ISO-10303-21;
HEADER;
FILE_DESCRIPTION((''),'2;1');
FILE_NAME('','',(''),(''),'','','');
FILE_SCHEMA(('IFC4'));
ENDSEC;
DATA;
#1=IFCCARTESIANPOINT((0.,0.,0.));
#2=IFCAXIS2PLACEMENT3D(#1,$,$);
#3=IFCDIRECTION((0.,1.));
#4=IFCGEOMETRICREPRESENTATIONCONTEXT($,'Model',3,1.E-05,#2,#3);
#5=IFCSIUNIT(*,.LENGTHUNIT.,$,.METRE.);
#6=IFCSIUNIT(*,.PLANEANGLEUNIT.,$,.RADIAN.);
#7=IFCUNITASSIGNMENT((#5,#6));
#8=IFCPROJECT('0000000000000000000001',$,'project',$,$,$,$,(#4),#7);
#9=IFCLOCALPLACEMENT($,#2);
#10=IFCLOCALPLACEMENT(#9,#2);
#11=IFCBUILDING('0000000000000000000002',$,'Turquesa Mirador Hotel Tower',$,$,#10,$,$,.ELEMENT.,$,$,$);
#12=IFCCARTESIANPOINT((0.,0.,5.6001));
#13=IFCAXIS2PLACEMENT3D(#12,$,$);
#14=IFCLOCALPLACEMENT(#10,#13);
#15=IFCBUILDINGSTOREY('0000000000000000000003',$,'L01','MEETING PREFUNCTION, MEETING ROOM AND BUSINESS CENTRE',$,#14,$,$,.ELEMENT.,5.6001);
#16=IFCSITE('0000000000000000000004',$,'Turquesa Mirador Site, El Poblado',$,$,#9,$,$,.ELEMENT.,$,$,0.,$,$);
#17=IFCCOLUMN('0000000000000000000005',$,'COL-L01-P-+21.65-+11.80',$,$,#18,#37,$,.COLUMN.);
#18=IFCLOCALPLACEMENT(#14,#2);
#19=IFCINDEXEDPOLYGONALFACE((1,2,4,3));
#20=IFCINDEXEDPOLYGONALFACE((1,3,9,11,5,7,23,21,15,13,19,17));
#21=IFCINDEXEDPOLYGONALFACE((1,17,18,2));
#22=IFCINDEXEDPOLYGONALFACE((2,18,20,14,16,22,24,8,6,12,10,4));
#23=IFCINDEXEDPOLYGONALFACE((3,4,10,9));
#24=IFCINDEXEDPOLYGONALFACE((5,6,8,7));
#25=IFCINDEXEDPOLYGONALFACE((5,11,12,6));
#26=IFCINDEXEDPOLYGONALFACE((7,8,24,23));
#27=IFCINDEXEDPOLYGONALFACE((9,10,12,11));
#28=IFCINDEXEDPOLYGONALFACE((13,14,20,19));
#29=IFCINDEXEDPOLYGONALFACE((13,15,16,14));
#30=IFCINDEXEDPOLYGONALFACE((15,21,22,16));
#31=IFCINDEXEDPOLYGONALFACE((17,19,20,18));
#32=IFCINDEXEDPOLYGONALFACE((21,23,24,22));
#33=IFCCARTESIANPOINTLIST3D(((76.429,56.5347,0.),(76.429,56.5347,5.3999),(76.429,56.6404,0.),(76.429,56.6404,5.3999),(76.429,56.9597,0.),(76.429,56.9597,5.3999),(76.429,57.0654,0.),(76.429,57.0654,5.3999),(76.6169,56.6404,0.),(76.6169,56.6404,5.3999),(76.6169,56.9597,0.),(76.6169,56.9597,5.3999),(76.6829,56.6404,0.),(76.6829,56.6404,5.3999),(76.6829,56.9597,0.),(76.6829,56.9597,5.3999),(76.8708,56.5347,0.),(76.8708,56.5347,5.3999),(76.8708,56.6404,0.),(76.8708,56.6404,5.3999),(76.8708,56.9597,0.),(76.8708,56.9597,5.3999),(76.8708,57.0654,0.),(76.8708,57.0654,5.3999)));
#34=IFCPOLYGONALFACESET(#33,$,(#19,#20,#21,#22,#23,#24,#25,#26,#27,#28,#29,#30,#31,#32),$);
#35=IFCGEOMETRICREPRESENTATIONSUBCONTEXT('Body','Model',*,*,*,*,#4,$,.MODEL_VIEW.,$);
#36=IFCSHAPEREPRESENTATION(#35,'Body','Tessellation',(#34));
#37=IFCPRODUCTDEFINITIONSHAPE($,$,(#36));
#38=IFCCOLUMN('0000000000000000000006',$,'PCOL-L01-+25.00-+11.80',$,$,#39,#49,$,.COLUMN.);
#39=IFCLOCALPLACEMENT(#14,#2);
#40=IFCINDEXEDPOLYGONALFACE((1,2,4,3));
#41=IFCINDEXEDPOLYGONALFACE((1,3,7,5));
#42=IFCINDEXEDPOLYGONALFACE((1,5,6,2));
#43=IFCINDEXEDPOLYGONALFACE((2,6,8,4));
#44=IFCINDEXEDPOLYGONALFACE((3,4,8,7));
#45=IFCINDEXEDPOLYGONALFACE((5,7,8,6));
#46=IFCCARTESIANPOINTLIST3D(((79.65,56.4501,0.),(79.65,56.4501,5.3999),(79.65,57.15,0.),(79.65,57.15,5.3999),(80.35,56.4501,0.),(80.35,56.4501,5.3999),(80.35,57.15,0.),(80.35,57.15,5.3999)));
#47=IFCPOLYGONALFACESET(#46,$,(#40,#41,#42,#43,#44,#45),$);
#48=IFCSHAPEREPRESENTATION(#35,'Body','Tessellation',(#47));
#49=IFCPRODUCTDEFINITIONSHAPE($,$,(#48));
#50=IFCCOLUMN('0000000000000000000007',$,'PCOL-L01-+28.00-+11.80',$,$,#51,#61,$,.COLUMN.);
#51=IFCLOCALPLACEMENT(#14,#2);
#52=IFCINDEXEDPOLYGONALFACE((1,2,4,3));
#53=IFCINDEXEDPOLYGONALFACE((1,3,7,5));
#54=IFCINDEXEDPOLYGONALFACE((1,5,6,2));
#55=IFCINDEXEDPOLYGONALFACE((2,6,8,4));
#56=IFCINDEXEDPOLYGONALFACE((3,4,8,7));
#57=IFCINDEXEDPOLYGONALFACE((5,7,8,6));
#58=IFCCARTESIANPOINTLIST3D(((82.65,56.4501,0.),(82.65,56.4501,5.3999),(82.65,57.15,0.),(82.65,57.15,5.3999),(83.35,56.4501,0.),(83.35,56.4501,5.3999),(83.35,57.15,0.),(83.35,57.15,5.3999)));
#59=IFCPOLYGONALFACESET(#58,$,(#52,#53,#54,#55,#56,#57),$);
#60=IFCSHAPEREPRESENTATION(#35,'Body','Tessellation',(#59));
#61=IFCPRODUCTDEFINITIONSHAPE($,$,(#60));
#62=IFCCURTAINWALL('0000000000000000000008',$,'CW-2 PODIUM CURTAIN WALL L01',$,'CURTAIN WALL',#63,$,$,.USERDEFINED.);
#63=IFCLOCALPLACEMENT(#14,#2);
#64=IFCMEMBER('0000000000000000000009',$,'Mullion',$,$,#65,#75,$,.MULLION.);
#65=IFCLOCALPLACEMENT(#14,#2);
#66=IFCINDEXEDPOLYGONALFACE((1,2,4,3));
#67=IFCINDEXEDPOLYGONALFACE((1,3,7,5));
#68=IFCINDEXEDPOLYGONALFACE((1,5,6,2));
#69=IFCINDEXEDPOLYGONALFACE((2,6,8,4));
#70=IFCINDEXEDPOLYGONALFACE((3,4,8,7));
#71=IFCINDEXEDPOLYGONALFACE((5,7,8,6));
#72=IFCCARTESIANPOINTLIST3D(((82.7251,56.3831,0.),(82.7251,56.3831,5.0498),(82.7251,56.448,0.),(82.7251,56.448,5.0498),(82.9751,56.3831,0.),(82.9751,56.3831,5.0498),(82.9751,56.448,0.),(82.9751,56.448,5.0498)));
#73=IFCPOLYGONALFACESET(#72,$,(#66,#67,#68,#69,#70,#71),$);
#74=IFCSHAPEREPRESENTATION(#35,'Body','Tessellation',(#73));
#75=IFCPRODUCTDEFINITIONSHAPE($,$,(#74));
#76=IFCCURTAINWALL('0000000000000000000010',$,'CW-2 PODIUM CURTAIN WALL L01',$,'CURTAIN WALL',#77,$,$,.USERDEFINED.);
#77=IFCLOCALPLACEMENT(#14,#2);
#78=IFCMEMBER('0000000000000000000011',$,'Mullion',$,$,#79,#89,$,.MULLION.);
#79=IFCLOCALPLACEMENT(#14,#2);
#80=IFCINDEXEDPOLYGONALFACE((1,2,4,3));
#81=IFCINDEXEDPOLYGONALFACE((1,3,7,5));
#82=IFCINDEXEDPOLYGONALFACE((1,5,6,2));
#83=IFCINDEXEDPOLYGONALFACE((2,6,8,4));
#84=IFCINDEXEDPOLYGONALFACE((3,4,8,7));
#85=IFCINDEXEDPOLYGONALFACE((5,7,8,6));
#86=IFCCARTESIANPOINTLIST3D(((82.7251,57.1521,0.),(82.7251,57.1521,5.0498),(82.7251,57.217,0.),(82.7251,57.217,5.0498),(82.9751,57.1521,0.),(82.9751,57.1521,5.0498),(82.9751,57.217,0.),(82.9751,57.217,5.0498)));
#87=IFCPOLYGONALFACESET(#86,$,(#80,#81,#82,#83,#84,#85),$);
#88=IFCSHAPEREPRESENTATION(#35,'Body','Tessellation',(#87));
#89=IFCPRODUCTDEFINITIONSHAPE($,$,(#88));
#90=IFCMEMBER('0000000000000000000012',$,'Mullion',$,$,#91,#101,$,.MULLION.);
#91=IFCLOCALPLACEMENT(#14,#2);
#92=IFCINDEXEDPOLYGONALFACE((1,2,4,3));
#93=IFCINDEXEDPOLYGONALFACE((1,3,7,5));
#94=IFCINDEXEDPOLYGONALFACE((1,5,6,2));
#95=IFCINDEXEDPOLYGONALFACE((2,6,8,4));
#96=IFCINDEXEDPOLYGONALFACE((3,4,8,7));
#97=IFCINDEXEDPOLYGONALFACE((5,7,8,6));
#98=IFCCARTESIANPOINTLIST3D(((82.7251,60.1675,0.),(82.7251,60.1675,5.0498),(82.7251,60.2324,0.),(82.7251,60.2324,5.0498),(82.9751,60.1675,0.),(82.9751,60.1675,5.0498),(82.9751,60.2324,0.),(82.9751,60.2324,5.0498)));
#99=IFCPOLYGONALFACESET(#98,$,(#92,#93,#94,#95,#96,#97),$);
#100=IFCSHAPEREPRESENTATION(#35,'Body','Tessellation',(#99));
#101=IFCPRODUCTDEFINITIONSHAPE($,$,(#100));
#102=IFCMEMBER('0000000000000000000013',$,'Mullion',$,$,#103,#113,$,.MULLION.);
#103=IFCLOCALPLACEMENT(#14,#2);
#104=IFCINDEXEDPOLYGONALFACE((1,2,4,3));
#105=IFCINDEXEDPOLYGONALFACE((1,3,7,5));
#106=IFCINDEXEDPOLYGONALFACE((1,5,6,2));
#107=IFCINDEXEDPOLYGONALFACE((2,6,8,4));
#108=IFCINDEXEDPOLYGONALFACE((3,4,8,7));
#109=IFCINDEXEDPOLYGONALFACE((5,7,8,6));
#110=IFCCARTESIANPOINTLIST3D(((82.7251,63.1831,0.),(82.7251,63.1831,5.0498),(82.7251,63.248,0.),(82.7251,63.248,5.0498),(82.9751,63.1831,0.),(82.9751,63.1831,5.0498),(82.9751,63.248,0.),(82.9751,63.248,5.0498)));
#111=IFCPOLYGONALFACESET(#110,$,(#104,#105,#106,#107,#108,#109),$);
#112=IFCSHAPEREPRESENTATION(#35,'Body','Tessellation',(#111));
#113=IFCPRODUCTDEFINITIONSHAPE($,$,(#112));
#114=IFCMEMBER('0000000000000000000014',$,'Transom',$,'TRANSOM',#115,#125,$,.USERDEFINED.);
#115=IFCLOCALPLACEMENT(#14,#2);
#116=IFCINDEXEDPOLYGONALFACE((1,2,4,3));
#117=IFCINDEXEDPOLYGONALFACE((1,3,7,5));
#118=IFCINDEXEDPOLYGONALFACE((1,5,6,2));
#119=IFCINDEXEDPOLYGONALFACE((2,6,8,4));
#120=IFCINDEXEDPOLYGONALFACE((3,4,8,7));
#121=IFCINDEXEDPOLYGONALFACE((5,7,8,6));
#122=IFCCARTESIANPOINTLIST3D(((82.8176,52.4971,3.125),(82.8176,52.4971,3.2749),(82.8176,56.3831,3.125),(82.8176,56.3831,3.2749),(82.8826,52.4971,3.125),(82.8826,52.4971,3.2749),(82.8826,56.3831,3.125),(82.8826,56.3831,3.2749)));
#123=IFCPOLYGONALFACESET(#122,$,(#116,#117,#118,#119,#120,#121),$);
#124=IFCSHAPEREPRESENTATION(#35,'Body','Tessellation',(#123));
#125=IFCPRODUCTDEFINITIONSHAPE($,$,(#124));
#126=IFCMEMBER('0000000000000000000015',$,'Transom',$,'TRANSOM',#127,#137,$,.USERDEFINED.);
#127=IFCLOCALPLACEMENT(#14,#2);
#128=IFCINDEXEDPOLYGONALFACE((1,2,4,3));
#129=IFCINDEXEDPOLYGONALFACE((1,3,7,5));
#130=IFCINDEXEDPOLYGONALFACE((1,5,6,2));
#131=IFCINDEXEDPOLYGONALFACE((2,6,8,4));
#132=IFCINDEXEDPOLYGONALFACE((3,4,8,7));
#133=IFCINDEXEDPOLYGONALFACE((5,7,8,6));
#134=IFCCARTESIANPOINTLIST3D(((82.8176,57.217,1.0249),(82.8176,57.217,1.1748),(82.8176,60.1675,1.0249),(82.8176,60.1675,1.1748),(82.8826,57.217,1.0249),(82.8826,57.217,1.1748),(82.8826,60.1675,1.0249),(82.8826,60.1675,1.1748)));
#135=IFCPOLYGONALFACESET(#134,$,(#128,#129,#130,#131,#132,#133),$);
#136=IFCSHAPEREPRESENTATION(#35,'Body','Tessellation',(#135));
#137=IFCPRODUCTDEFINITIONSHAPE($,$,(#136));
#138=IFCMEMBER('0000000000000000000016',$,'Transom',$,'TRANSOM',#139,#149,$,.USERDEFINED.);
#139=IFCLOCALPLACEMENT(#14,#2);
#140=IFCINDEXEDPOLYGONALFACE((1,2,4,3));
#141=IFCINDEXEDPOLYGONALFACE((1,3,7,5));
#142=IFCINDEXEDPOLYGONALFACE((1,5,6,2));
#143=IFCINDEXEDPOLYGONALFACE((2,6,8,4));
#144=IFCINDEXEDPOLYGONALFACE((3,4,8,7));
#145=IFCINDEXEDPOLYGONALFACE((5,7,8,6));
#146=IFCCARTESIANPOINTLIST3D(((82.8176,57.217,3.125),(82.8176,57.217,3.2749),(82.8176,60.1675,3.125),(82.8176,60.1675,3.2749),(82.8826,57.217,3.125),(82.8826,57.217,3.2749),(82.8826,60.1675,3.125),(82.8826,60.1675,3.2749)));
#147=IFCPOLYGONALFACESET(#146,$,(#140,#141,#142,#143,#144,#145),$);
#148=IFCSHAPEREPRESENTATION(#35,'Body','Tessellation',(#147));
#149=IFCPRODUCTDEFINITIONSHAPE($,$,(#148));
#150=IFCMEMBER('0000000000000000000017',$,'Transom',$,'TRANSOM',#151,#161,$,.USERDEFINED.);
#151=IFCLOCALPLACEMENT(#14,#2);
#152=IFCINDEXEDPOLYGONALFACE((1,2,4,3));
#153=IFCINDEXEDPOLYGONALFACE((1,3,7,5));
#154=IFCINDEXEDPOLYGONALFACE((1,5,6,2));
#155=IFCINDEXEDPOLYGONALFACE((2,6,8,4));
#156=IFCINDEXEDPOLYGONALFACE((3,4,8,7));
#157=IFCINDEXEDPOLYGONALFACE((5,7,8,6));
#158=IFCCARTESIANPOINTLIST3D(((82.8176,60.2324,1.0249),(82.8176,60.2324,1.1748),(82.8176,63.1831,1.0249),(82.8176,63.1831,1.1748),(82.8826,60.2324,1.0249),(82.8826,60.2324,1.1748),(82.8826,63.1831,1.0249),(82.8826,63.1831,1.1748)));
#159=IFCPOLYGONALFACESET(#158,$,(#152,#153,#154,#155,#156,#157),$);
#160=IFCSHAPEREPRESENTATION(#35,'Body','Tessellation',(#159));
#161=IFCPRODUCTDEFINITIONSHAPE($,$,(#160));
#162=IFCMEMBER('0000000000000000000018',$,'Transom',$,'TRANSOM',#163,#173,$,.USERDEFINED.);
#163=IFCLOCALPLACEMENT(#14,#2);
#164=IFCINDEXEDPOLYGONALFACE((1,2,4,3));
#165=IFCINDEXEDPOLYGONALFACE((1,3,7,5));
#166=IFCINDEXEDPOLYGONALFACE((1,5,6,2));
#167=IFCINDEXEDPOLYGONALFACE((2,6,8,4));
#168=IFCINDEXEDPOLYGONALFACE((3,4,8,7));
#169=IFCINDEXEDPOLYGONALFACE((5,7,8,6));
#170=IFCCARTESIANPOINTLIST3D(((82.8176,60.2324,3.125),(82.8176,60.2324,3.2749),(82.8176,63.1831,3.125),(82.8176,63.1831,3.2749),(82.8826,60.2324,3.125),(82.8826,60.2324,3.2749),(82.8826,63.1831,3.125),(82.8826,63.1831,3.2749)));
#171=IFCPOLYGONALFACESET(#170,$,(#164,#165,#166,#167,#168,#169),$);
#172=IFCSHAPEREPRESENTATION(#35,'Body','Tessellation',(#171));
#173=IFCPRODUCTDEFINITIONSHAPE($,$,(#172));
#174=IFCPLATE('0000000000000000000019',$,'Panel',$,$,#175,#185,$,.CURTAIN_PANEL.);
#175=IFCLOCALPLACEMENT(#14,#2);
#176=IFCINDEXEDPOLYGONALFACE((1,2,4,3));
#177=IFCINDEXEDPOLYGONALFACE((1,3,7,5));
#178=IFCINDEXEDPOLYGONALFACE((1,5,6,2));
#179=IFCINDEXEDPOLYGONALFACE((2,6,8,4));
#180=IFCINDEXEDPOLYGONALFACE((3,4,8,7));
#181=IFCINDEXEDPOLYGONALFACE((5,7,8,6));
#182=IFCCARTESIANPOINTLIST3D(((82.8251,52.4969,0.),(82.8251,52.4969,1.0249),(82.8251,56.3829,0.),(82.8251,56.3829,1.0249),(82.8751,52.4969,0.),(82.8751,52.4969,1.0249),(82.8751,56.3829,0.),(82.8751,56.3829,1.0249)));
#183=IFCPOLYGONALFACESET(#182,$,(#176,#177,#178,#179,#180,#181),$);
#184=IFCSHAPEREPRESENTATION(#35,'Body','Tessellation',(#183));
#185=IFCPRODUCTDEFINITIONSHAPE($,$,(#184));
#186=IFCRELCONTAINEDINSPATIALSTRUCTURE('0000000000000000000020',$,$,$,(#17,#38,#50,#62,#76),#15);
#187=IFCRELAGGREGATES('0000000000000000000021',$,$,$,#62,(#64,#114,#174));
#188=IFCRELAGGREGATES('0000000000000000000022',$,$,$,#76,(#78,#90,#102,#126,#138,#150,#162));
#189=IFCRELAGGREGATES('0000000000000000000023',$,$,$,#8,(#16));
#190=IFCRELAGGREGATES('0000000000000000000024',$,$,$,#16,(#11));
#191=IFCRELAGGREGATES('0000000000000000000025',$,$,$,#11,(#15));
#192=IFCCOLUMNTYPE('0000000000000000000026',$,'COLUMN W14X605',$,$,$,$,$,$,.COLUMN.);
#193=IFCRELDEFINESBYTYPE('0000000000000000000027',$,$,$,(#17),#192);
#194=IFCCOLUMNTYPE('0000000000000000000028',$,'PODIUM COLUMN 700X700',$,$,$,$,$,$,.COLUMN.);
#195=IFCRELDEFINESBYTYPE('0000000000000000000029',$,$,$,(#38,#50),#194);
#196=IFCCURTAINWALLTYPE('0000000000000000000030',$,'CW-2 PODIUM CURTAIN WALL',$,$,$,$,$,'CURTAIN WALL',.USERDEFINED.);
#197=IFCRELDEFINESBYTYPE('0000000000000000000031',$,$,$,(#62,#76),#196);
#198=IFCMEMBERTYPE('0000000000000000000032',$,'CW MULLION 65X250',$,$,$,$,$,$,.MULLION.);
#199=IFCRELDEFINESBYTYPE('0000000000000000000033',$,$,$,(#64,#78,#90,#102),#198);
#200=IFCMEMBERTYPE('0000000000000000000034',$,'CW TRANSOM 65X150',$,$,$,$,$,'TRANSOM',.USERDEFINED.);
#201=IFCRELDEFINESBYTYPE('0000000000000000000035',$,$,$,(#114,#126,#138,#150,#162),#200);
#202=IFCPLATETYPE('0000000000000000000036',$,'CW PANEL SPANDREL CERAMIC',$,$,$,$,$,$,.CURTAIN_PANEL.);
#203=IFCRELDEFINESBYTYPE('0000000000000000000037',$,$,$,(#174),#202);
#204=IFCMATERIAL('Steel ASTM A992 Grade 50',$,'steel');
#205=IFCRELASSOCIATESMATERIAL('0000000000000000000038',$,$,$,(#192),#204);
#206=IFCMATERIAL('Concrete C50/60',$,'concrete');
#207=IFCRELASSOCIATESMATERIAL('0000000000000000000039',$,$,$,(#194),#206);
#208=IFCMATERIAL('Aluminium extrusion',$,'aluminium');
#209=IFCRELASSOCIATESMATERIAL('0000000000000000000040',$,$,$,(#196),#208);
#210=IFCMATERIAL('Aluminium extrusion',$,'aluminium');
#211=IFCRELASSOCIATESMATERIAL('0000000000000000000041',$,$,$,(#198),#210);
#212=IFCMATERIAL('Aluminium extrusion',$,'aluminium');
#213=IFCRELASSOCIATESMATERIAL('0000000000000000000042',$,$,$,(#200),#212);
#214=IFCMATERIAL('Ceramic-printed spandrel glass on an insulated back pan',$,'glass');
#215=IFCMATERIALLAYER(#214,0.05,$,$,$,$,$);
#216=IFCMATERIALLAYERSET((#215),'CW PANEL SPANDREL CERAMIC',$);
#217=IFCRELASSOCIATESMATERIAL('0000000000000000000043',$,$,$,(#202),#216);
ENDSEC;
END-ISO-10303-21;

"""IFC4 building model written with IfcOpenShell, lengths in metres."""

from ifc_helpers import new_model, si_unit, direction, frame, origin, origin_2d, place, context, subcontext, project, spatial, rectangle, i_section, extrude, material, layer, layer_set, material_profile, profile_set, type_object, element, aggregate, save


model = new_model("IFC4")

# Units and contexts
model_context = context("Model", 3, precision=1e-05, world=origin(), true_north=direction((0.0, 1.0)))
body_context = subcontext(model_context, "Body", "Model", "MODEL_VIEW")
ifc_project = project(units=[si_unit("LENGTHUNIT", "METRE"), si_unit("PLANEANGLEUNIT", "RADIAN")], contexts=[model_context])

# Site, building, storey
site_placement = place(None, origin())
site = spatial("IfcSite", under=ifc_project, at=site_placement, Name="Turquesa Mirador Site, El Poblado", CompositionType="ELEMENT", RefElevation=0.0)
building_placement = place(site_placement, origin())
building = spatial("IfcBuilding", under=site, at=building_placement, Name="Turquesa Mirador Hotel Tower", CompositionType="ELEMENT")
storey_placement = place(building_placement, frame((0.0, 0.0, 5.6001)))
storey = spatial("IfcBuildingStorey", under=building, at=storey_placement, Name="L01", Description="MEETING PREFUNCTION, MEETING ROOM AND BUSINESS CENTRE", CompositionType="ELEMENT", Elevation=5.6001)

# Columns
ifc_material_1 = material(Name="Steel ASTM A992 Grade 50", Category="steel")
ifc_material_profile_1 = material_profile(ifc_material_1, i_section(OverallWidth=0.4419, OverallDepth=0.5308, WebThickness=0.0659, FlangeThickness=0.1057, at=origin_2d()), Name="W14X605")
ifc_profile_set_1 = profile_set([ifc_material_profile_1], Name="Steel ASTM A992 Grade 50")
column_type_1 = type_object("IfcColumnType", Name="COLUMN W14X605", PredefinedType="COLUMN", material=ifc_profile_set_1)
column_placement = place(storey_placement, frame((76.6499, 56.8, 0.0), z_axis=(0.0, 0.0, 1.0), x_axis=(1.0, 0.0, 0.0)))
element("IfcColumn", 1, at=column_placement, inside=storey, type_object=column_type_1, Name="COL-L01-P-+21.65-+11.80", PredefinedType="COLUMN", context=body_context, shape_type="SweptSolid", body=[
    extrude(i_section(OverallWidth=0.4419, OverallDepth=0.5308, WebThickness=0.0659, FlangeThickness=0.1057, at=origin_2d()), origin(), (0.0, 0.0, 1.0), 5.3999),
])
ifc_material_2 = material(Name="Concrete C50/60", Category="concrete")
ifc_material_profile_2 = material_profile(ifc_material_2, rectangle(XDim=0.7, YDim=0.7, at=origin_2d()), Name="RC 700X700")
ifc_profile_set_2 = profile_set([ifc_material_profile_2], Name="Concrete C50/60")
column_type_2 = type_object("IfcColumnType", Name="PODIUM COLUMN 700X700", PredefinedType="COLUMN", material=ifc_profile_set_2)
for number, where, z_axis, x_axis, name in (
    (2, (80.0, 56.8, 0.0), (0.0, 0.0, 1.0), (1.0, 0.0, 0.0), "PCOL-L01-+25.00-+11.80"),
    (3, (83.0, 56.8, 0.0), (0.0, 0.0, 1.0), (1.0, 0.0, 0.0), "PCOL-L01-+28.00-+11.80"),
):
    element("IfcColumn", number, at=place(storey_placement, frame(where, z_axis=z_axis, x_axis=x_axis)), inside=storey, type_object=column_type_2, Name=name, PredefinedType="COLUMN", context=body_context, shape_type="SweptSolid", body=[
        extrude(rectangle(XDim=0.7, YDim=0.7, at=origin_2d()), origin(), (0.0, 0.0, 1.0), 5.3999),
    ])

# Curtain wall, member
ifc_material_3 = material(Name="Aluminium extrusion", Category="aluminium")
curtain_wall_type = type_object("IfcCurtainWallType", Name="CW-2 PODIUM CURTAIN WALL", ElementType="CURTAIN WALL", PredefinedType="USERDEFINED", material=ifc_material_3)
curtain_wall_1_placement = place(storey_placement, origin())
curtain_wall_1 = element("IfcCurtainWall", 4, at=curtain_wall_1_placement, inside=storey, type_object=curtain_wall_type, Name="CW-2 PODIUM CURTAIN WALL L01", ObjectType="CURTAIN WALL", PredefinedType="USERDEFINED")
ifc_material_4 = material(Name="Aluminium extrusion", Category="aluminium")
ifc_material_profile_3 = material_profile(ifc_material_4, rectangle(XDim=0.0649, YDim=0.25, at=origin_2d()), Name="MULLION 65X250")
ifc_profile_set_3 = profile_set([ifc_material_profile_3], Name="Aluminium extrusion")
member_type_1 = type_object("IfcMemberType", Name="CW MULLION 65X250", PredefinedType="MULLION", material=ifc_profile_set_3)
member_1_placement = place(storey_placement, frame((82.8501, 56.4155, 0.0), z_axis=(0.0, 0.0, 1.0), x_axis=(0.0, 1.0, 0.0)))
member_1 = element("IfcMember", 5, at=member_1_placement, type_object=member_type_1, Name="Mullion", PredefinedType="MULLION", context=body_context, shape_type="SweptSolid", body=[
    extrude(rectangle(XDim=0.0649, YDim=0.25, at=origin_2d()), origin(), (0.0, 0.0, 1.0), 5.0498),
])

# Curtain wall, members
curtain_wall_2_placement = place(storey_placement, origin())
curtain_wall_2 = element("IfcCurtainWall", 6, at=curtain_wall_2_placement, inside=storey, type_object=curtain_wall_type, Name="CW-2 PODIUM CURTAIN WALL L01", ObjectType="CURTAIN WALL", PredefinedType="USERDEFINED")
member_2_placement = place(storey_placement, frame((82.8501, 57.1846, 0.0), z_axis=(0.0, 0.0, 1.0), x_axis=(0.0, 1.0, 0.0)))
member_2 = element("IfcMember", 7, at=member_2_placement, type_object=member_type_1, Name="Mullion", PredefinedType="MULLION", context=body_context, shape_type="SweptSolid", body=[
    extrude(rectangle(XDim=0.0649, YDim=0.25, at=origin_2d()), origin(), (0.0, 0.0, 1.0), 5.0498),
])
member_3_placement = place(storey_placement, frame((82.8501, 60.2, 0.0), z_axis=(0.0, 0.0, 1.0), x_axis=(0.0, 1.0, 0.0)))
member_3 = element("IfcMember", 8, at=member_3_placement, type_object=member_type_1, Name="Mullion", PredefinedType="MULLION", context=body_context, shape_type="SweptSolid", body=[
    extrude(rectangle(XDim=0.0649, YDim=0.25, at=origin_2d()), origin(), (0.0, 0.0, 1.0), 5.0498),
])
member_4_placement = place(storey_placement, frame((82.8501, 63.2156, 0.0), z_axis=(0.0, 0.0, 1.0), x_axis=(0.0, 1.0, 0.0)))
member_4 = element("IfcMember", 9, at=member_4_placement, type_object=member_type_1, Name="Mullion", PredefinedType="MULLION", context=body_context, shape_type="SweptSolid", body=[
    extrude(rectangle(XDim=0.0649, YDim=0.25, at=origin_2d()), origin(), (0.0, 0.0, 1.0), 5.0498),
])

# Members
ifc_material_5 = material(Name="Aluminium extrusion", Category="aluminium")
ifc_material_profile_4 = material_profile(ifc_material_5, rectangle(XDim=0.0649, YDim=0.1499, at=origin_2d()), Name="TRANSOM 65X150")
ifc_profile_set_4 = profile_set([ifc_material_profile_4], Name="Aluminium extrusion")
member_type_2 = type_object("IfcMemberType", Name="CW TRANSOM 65X150", ElementType="TRANSOM", PredefinedType="USERDEFINED", material=ifc_profile_set_4)
member_5_placement = place(storey_placement, frame((82.8501, 52.4971, 3.2), z_axis=(0.0, 1.0, 0.0), x_axis=(-1.0, 0.0, 0.0)))
member_5 = element("IfcMember", 10, at=member_5_placement, type_object=member_type_2, Name="Transom", ObjectType="TRANSOM", PredefinedType="USERDEFINED", context=body_context, shape_type="SweptSolid", body=[
    extrude(rectangle(XDim=0.0649, YDim=0.1499, at=origin_2d()), origin(), (0.0, 0.0, 1.0), 3.886),
])
member_6_placement = place(storey_placement, frame((82.8501, 57.217, 1.0999), z_axis=(0.0, 1.0, 0.0), x_axis=(-1.0, 0.0, 0.0)))
member_6 = element("IfcMember", 11, at=member_6_placement, type_object=member_type_2, Name="Transom", ObjectType="TRANSOM", PredefinedType="USERDEFINED", context=body_context, shape_type="SweptSolid", body=[
    extrude(rectangle(XDim=0.0649, YDim=0.1499, at=origin_2d()), origin(), (0.0, 0.0, 1.0), 2.9504),
])
member_7_placement = place(storey_placement, frame((82.8501, 57.217, 3.2), z_axis=(0.0, 1.0, 0.0), x_axis=(-1.0, 0.0, 0.0)))
member_7 = element("IfcMember", 12, at=member_7_placement, type_object=member_type_2, Name="Transom", ObjectType="TRANSOM", PredefinedType="USERDEFINED", context=body_context, shape_type="SweptSolid", body=[
    extrude(rectangle(XDim=0.0649, YDim=0.1499, at=origin_2d()), origin(), (0.0, 0.0, 1.0), 2.9504),
])
member_8_placement = place(storey_placement, frame((82.8501, 60.2324, 1.0999), z_axis=(0.0, 1.0, 0.0), x_axis=(-1.0, 0.0, 0.0)))
member_8 = element("IfcMember", 13, at=member_8_placement, type_object=member_type_2, Name="Transom", ObjectType="TRANSOM", PredefinedType="USERDEFINED", context=body_context, shape_type="SweptSolid", body=[
    extrude(rectangle(XDim=0.0649, YDim=0.1499, at=origin_2d()), origin(), (0.0, 0.0, 1.0), 2.9507),
])
member_9_placement = place(storey_placement, frame((82.8501, 60.2324, 3.2), z_axis=(0.0, 1.0, 0.0), x_axis=(-1.0, 0.0, 0.0)))
member_9 = element("IfcMember", 14, at=member_9_placement, type_object=member_type_2, Name="Transom", ObjectType="TRANSOM", PredefinedType="USERDEFINED", context=body_context, shape_type="SweptSolid", body=[
    extrude(rectangle(XDim=0.0649, YDim=0.1499, at=origin_2d()), origin(), (0.0, 0.0, 1.0), 2.9507),
])

# Plate
ifc_material_6 = material(Name="Ceramic-printed spandrel glass on an insulated back pan", Category="glass")
ifc_layer_1 = layer(ifc_material_6, 0.05)
ifc_layer_set_1 = layer_set([ifc_layer_1], Name="CW PANEL SPANDREL CERAMIC")
plate_type_1 = type_object("IfcPlateType", Name="CW PANEL SPANDREL CERAMIC", PredefinedType="CURTAIN_PANEL", material=ifc_layer_set_1)
plate_1_placement = place(storey_placement, frame((82.8501, 54.4399, 0.0), z_axis=(0.0, 0.0, 1.0), x_axis=(0.0, 1.0, 0.0)))
plate_1 = element("IfcPlate", 15, at=plate_1_placement, type_object=plate_type_1, Name="Panel", PredefinedType="CURTAIN_PANEL", context=body_context, shape_type="SweptSolid", body=[
    extrude(rectangle(XDim=3.886, YDim=0.05, at=origin_2d()), origin(), (0.0, 0.0, 1.0), 1.0249),
])
aggregate(curtain_wall_1, [member_1, member_5, plate_1])
aggregate(curtain_wall_2, [member_2, member_3, member_4, member_6, member_7, member_8, member_9])

save(model, "model.ifc")
